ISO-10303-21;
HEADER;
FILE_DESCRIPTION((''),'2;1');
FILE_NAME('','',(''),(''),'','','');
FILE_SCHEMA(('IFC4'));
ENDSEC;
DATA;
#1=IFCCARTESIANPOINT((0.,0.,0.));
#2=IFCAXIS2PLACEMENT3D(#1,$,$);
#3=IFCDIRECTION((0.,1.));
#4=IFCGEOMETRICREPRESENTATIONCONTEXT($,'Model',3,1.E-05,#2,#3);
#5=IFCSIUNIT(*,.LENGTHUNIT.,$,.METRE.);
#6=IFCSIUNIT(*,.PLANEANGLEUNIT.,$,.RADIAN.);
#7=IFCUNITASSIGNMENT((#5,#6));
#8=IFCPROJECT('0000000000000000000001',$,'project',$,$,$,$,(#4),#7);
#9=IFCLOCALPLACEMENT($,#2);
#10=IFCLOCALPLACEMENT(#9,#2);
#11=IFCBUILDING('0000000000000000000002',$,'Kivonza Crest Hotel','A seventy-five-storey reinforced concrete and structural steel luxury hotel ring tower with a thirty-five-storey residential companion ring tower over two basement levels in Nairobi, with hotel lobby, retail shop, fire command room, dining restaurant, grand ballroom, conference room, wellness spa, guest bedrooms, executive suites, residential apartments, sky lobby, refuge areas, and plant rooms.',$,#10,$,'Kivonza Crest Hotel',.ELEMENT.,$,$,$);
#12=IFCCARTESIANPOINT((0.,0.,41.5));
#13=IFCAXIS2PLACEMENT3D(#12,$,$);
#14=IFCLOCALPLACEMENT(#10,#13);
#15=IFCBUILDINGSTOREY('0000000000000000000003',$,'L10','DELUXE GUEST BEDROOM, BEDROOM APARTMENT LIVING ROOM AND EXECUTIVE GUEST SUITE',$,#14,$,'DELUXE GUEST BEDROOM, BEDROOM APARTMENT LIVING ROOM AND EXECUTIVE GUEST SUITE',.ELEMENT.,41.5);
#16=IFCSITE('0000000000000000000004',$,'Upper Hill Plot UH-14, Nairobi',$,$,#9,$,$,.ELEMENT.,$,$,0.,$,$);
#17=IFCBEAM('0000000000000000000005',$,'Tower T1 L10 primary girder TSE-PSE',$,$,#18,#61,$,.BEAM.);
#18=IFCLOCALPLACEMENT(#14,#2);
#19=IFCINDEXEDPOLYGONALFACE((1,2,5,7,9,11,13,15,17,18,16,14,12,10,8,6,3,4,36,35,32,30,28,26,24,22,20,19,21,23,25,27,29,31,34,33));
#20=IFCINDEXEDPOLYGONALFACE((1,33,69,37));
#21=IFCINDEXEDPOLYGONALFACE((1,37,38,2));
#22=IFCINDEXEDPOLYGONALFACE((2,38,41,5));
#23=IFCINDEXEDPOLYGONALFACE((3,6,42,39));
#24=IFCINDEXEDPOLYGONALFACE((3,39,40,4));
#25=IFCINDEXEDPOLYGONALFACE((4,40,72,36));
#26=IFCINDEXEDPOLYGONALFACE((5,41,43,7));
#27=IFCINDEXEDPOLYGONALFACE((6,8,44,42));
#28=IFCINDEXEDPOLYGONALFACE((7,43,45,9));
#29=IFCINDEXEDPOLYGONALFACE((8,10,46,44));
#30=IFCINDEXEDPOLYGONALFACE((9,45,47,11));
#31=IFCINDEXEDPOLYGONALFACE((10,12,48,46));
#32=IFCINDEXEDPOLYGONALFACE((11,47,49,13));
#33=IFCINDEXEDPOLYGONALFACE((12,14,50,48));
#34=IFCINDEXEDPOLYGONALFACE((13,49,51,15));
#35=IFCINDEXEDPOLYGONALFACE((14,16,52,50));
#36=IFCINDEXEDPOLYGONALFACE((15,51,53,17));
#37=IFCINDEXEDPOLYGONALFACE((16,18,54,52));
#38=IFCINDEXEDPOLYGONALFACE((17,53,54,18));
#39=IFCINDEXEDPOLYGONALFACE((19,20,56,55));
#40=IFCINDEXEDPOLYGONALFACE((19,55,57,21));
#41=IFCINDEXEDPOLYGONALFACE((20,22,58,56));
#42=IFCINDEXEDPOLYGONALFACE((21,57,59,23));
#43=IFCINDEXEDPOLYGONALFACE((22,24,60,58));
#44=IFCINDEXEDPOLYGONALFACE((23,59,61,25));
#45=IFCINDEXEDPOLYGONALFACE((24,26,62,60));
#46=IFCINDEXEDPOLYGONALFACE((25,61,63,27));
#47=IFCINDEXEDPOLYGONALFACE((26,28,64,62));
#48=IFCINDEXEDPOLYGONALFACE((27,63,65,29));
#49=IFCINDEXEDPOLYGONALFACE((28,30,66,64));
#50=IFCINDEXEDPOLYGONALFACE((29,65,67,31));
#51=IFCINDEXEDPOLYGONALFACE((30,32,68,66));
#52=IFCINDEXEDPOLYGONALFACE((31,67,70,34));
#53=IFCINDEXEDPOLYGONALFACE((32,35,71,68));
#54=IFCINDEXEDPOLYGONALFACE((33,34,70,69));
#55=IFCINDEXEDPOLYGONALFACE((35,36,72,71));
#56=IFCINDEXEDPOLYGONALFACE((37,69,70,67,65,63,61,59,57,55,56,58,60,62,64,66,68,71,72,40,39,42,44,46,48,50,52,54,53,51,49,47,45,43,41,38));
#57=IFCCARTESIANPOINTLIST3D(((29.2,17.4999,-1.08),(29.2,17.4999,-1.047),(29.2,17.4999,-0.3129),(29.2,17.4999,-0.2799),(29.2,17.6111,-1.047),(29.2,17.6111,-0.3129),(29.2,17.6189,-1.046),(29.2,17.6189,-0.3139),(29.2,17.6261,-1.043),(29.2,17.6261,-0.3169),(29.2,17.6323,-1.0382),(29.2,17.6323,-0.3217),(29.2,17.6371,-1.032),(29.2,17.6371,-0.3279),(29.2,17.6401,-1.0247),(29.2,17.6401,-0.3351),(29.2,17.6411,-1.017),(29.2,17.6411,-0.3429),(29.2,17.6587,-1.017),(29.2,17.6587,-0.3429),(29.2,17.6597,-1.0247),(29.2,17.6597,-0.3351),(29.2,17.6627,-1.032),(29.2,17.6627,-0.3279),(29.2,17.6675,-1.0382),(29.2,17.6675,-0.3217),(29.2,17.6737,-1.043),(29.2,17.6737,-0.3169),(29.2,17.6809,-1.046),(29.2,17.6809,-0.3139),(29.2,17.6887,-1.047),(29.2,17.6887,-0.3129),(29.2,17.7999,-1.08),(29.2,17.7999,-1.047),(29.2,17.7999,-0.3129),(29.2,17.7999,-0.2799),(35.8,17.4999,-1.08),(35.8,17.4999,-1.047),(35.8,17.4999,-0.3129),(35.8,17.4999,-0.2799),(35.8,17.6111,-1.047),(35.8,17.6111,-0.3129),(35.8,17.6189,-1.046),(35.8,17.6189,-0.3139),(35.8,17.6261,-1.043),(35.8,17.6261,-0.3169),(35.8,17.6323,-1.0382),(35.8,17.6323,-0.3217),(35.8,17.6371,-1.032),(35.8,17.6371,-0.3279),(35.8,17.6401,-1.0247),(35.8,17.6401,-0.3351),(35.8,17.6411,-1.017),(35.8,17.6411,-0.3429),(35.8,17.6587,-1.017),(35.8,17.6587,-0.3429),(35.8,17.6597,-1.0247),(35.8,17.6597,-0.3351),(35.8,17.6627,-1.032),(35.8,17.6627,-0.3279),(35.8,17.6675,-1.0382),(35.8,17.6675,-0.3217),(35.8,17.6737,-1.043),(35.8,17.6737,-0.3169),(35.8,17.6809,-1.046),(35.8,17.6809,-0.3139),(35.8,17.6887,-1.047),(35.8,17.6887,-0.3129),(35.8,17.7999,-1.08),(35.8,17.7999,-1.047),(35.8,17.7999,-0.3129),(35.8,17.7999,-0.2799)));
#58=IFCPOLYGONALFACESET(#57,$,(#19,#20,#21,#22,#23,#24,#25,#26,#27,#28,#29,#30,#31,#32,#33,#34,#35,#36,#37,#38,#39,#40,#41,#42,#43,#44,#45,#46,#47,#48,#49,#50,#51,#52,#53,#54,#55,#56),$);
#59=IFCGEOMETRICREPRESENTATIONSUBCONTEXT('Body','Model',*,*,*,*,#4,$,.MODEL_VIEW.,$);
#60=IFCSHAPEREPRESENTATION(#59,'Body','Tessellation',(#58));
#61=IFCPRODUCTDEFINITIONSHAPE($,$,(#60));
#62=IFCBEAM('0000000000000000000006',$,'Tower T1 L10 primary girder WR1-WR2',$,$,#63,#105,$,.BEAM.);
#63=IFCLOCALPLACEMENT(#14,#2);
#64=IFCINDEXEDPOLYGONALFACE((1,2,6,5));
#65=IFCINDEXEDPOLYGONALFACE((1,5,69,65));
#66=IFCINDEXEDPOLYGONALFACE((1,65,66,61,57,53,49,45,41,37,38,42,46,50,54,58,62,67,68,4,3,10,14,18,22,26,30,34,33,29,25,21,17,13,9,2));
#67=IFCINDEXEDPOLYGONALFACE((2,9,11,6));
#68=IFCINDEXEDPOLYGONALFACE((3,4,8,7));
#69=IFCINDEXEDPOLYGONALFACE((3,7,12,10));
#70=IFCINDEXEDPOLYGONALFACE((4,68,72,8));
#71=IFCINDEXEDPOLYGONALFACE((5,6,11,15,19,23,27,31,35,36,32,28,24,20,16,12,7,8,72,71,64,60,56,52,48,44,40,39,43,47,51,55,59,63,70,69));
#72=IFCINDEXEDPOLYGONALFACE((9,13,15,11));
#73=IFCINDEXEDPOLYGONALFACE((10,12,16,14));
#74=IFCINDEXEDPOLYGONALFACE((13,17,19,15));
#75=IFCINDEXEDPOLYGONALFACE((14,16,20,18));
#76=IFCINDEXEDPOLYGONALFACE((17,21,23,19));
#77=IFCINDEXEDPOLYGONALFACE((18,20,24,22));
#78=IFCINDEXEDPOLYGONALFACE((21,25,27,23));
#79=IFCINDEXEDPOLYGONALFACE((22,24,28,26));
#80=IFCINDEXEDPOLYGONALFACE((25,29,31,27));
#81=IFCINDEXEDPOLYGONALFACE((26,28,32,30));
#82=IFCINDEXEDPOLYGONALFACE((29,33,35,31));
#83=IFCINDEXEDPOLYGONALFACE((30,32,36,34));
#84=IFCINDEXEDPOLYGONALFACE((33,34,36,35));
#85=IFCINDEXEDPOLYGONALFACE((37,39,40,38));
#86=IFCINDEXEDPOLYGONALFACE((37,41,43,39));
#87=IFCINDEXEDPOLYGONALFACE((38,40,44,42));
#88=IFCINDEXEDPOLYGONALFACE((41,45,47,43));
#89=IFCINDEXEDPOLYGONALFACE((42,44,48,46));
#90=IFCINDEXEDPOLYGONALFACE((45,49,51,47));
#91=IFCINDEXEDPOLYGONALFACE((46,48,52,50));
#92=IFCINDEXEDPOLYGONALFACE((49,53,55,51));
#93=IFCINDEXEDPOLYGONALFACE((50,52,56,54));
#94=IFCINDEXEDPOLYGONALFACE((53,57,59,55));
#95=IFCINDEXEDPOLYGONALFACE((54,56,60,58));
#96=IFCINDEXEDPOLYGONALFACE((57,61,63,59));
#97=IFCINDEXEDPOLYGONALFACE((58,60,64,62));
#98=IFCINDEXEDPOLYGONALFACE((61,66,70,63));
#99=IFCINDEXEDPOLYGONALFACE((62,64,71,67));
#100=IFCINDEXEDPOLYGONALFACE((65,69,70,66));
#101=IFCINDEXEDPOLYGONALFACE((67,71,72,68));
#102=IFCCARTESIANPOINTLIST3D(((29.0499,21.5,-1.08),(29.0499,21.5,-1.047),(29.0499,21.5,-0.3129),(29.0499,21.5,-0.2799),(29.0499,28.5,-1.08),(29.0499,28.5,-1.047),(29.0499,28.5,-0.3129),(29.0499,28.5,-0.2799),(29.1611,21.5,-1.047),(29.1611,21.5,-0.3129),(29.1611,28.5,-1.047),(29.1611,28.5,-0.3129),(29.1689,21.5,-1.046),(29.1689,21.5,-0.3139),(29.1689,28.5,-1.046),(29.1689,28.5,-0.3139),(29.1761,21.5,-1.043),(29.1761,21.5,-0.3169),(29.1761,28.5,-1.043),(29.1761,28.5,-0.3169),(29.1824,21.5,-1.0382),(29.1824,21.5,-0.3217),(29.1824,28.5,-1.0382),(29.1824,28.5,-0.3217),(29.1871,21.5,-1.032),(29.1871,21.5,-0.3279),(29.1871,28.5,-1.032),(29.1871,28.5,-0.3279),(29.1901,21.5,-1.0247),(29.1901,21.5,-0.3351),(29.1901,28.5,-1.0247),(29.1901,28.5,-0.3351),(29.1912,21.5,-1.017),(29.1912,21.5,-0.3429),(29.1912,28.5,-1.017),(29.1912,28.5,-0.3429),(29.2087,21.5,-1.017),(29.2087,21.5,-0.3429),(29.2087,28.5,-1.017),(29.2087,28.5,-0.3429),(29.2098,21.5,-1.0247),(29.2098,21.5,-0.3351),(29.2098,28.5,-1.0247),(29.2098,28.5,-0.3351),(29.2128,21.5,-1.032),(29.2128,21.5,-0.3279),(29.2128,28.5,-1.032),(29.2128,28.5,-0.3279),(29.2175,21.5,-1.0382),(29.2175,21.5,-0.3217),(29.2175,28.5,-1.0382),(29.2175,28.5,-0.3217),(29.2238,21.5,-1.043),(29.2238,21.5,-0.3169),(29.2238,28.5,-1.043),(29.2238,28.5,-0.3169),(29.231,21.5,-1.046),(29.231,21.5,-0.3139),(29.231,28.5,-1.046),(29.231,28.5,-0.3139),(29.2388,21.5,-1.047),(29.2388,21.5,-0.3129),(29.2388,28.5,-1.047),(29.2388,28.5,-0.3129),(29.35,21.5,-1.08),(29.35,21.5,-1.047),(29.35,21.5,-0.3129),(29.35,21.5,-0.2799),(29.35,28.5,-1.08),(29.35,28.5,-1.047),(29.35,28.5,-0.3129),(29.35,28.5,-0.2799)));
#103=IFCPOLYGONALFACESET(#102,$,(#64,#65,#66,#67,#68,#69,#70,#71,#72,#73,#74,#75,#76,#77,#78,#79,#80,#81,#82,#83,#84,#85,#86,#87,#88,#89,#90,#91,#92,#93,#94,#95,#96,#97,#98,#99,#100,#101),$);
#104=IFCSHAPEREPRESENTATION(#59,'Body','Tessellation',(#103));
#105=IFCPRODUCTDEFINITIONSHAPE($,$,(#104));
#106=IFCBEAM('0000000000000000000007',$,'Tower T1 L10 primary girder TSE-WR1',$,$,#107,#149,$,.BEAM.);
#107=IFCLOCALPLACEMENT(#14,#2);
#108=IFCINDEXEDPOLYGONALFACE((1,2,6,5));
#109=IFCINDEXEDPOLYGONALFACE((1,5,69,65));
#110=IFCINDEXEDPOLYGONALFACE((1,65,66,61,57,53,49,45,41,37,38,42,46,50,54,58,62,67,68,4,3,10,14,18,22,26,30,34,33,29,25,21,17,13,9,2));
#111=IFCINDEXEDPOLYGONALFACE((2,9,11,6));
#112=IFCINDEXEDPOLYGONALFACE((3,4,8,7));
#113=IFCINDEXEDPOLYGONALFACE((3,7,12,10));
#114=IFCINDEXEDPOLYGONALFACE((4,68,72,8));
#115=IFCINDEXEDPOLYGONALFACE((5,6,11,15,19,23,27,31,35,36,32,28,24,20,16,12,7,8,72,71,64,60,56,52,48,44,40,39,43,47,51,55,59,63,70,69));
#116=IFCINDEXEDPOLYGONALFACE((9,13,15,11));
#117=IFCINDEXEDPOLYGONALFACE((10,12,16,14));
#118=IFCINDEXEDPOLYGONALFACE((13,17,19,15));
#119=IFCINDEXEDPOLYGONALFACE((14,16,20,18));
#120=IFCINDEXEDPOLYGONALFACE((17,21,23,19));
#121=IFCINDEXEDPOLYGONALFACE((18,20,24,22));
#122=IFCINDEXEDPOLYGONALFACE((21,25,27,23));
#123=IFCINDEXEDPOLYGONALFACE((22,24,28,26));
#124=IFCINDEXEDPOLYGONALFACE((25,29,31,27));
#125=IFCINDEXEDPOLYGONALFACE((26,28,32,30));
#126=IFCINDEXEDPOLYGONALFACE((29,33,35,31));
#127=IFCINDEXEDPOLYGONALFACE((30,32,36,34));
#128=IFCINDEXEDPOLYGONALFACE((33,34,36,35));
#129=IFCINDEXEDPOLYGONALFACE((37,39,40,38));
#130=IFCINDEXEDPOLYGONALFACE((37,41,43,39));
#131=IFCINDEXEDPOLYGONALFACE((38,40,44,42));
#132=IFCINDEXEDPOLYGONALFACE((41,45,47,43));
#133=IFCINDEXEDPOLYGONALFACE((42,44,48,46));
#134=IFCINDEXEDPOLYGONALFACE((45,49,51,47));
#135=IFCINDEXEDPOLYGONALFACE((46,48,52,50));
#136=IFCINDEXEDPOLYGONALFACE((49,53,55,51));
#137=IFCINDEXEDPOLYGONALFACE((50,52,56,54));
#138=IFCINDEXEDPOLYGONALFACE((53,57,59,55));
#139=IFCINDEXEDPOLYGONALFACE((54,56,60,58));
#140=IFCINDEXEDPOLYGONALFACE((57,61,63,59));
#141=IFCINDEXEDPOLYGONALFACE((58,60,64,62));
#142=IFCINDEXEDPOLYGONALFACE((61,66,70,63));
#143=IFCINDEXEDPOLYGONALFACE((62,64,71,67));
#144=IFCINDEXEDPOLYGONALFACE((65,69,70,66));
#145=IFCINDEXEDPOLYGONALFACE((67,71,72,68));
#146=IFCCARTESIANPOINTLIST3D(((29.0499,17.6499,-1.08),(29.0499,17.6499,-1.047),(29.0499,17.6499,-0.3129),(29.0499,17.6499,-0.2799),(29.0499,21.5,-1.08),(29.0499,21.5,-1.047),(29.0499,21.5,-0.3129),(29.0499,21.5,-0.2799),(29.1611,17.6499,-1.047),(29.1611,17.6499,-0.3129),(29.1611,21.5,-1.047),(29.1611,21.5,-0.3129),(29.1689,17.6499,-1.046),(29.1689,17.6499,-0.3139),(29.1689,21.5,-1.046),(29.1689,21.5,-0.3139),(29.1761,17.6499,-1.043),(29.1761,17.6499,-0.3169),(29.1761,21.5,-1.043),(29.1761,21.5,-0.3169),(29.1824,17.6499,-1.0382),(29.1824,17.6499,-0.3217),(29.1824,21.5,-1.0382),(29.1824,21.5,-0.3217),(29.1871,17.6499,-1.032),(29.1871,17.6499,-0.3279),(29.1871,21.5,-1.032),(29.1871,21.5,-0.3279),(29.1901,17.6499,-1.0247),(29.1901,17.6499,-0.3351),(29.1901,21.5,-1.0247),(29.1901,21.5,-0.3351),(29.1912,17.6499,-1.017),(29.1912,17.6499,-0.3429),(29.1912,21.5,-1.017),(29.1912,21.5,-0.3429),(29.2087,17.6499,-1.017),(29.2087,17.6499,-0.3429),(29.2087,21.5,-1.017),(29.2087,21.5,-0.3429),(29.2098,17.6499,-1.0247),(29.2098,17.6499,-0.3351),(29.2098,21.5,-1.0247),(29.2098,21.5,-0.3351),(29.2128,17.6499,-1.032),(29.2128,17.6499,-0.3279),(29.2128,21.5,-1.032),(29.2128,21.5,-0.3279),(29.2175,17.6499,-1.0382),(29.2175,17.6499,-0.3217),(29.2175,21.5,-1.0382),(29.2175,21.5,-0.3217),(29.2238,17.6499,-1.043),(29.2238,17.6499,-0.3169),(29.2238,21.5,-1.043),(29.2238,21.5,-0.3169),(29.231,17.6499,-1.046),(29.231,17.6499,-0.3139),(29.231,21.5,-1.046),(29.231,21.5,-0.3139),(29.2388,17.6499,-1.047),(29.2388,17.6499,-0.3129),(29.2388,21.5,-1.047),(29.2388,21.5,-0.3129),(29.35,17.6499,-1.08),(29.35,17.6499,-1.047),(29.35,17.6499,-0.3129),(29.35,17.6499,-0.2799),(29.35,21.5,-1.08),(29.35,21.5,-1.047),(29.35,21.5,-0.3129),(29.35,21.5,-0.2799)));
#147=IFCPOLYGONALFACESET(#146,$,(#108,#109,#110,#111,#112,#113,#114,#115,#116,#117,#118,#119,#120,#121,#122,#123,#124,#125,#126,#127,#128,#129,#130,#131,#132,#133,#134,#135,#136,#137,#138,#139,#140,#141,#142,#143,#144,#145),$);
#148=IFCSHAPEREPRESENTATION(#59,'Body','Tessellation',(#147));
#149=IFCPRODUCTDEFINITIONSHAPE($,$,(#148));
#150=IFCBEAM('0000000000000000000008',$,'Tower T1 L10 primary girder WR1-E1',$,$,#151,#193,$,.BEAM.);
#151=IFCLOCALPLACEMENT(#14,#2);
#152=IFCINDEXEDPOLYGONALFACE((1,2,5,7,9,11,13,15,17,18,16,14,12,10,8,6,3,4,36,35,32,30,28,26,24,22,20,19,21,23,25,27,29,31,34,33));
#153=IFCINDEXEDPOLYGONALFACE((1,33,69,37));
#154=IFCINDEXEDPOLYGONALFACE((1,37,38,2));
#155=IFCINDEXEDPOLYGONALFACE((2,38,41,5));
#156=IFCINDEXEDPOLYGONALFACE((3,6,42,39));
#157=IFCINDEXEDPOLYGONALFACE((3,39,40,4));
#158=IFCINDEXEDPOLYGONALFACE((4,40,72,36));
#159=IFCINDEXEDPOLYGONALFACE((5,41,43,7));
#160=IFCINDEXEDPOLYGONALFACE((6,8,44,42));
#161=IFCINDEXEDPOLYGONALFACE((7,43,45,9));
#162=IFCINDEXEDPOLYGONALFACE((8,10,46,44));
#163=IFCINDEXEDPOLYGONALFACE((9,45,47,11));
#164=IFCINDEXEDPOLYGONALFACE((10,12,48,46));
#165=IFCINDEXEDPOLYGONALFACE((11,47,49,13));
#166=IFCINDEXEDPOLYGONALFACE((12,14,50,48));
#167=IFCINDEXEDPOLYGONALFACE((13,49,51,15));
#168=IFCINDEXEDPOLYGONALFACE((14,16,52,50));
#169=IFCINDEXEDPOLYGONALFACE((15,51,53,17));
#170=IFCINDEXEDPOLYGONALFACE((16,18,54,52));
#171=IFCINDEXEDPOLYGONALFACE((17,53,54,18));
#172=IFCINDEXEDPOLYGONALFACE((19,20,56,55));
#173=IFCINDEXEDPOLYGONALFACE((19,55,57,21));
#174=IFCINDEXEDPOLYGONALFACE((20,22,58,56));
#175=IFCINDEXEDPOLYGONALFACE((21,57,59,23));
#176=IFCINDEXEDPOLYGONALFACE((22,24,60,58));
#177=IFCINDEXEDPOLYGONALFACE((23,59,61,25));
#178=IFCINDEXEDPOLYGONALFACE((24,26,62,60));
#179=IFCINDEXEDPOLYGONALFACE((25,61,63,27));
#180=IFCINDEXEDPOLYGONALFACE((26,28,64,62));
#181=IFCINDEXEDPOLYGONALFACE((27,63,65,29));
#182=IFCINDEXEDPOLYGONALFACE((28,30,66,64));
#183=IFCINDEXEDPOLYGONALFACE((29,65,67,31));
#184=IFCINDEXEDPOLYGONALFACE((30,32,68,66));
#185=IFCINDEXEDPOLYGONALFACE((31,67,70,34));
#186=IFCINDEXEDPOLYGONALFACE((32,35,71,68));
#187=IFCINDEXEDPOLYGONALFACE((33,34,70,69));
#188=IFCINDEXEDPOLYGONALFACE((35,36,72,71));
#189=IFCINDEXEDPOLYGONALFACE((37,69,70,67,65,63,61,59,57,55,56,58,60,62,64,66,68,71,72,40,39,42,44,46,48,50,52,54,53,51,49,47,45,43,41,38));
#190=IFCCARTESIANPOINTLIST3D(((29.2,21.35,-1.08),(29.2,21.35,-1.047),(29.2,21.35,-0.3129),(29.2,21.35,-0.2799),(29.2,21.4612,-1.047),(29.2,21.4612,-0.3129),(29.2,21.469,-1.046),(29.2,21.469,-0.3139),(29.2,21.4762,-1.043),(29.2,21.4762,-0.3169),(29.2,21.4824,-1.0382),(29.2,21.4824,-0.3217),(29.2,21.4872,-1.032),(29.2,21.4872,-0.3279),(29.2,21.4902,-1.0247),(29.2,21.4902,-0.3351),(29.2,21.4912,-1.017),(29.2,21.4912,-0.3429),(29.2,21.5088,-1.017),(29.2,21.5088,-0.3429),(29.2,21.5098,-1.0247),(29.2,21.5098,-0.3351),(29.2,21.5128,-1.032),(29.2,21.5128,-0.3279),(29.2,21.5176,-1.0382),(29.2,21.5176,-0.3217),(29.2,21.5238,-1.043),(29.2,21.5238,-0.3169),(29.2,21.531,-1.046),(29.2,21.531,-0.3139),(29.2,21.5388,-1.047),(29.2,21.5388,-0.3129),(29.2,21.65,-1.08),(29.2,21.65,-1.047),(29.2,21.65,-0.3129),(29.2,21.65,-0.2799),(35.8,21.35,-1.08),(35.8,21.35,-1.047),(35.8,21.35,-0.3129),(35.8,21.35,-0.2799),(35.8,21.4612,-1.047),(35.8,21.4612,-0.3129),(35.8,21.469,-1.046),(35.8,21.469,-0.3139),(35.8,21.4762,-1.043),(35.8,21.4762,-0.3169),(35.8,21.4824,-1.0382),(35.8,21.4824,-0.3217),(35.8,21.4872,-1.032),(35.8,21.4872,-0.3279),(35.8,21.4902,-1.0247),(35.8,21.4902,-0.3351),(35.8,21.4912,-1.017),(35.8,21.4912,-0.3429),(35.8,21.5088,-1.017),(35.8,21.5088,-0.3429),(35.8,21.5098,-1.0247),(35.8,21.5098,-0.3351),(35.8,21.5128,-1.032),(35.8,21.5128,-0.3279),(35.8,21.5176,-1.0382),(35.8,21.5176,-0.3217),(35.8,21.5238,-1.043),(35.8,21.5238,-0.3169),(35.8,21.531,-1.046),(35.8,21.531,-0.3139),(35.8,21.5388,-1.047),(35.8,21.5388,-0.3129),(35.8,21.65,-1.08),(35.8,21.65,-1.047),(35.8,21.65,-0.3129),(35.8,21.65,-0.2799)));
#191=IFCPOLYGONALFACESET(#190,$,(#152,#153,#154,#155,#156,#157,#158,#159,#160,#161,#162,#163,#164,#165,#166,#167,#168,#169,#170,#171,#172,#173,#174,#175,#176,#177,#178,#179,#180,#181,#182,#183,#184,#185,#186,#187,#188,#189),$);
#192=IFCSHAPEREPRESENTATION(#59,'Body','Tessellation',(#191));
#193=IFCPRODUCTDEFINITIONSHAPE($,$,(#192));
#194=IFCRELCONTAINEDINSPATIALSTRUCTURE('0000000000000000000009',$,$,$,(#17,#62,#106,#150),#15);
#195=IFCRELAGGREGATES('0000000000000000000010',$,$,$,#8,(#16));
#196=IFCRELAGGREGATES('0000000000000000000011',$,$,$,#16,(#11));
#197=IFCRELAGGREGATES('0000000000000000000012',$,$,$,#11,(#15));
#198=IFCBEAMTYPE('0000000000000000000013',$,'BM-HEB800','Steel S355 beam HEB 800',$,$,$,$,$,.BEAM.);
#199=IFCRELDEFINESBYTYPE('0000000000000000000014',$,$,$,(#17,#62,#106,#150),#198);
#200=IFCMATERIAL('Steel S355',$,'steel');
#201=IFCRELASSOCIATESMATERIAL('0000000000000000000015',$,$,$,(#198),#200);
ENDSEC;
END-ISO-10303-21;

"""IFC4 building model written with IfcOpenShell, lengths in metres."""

from ifc_helpers import new_model, si_unit, direction, frame, origin, origin_2d, place, context, subcontext, project, spatial, i_section, extrude, material, material_profile, profile_set, type_object, element, save


model = new_model("IFC4")

# Units and contexts
model_context = context("Model", 3, precision=1e-05, world=origin(), true_north=direction((0.0, 1.0)))
body_context = subcontext(model_context, "Body", "Model", "MODEL_VIEW")
ifc_project = project(units=[si_unit("LENGTHUNIT", "METRE"), si_unit("PLANEANGLEUNIT", "RADIAN")], contexts=[model_context])

# Site, building, storey
site_placement = place(None, origin())
site = spatial("IfcSite", under=ifc_project, at=site_placement, Name="Upper Hill Plot UH-14, Nairobi", CompositionType="ELEMENT", RefElevation=0.0)
building_placement = place(site_placement, origin())
building = spatial("IfcBuilding", under=site, at=building_placement, Name="Kivonza Crest Hotel", Description="A seventy-five-storey reinforced concrete and structural steel luxury hotel ring tower with a thirty-five-storey residential companion ring tower over two basement levels in Nairobi, with hotel lobby, retail shop, fire command room, dining restaurant, grand ballroom, conference room, wellness spa, guest bedrooms, executive suites, residential apartments, sky lobby, refuge areas, and plant rooms.", LongName="Kivonza Crest Hotel", CompositionType="ELEMENT")
storey_placement = place(building_placement, frame((0.0, 0.0, 41.5)))
storey = spatial("IfcBuildingStorey", under=building, at=storey_placement, Name="L10", Description="DELUXE GUEST BEDROOM, BEDROOM APARTMENT LIVING ROOM AND EXECUTIVE GUEST SUITE", LongName="DELUXE GUEST BEDROOM, BEDROOM APARTMENT LIVING ROOM AND EXECUTIVE GUEST SUITE", CompositionType="ELEMENT", Elevation=41.5)

# Beams
ifc_material_1 = material(Name="Steel S355", Category="steel")
ifc_material_profile_1 = material_profile(ifc_material_1, i_section(OverallWidth=0.3, OverallDepth=0.8, WebThickness=0.0176, FlangeThickness=0.033, FilletRadius=0.03, at=origin_2d()), Name="HEB 800")
ifc_profile_set_1 = profile_set([ifc_material_profile_1], Name="Steel S355")
beam_type_1 = type_object("IfcBeamType", Name="BM-HEB800", Description="Steel S355 beam HEB 800", PredefinedType="BEAM", material=ifc_profile_set_1)
beam_1_placement = place(storey_placement, frame((29.2, 17.6499, -0.6799), z_axis=(1.0, 0.0, 0.0), x_axis=(0.0, 1.0, 0.0)))
element("IfcBeam", 1, at=beam_1_placement, inside=storey, type_object=beam_type_1, Name="Tower T1 L10 primary girder TSE-PSE", PredefinedType="BEAM", context=body_context, shape_type="SweptSolid", body=[
    extrude(i_section(OverallWidth=0.3, OverallDepth=0.8, WebThickness=0.0176, FlangeThickness=0.033, FilletRadius=0.03, at=origin_2d()), origin(), (0.0, 0.0, 1.0), 6.6001),
])
beam_2_placement = place(storey_placement, frame((29.2, 21.5, -0.6799), z_axis=(0.0, 1.0, 0.0), x_axis=(-1.0, 0.0, 0.0)))
element("IfcBeam", 2, at=beam_2_placement, inside=storey, type_object=beam_type_1, Name="Tower T1 L10 primary girder WR1-WR2", PredefinedType="BEAM", context=body_context, shape_type="SweptSolid", body=[
    extrude(i_section(OverallWidth=0.3, OverallDepth=0.8, WebThickness=0.0176, FlangeThickness=0.033, FilletRadius=0.03, at=origin_2d()), origin(), (0.0, 0.0, 1.0), 7.0),
])
beam_3_placement = place(storey_placement, frame((29.2, 17.6499, -0.6799), z_axis=(0.0, 1.0, 0.0), x_axis=(-1.0, 0.0, 0.0)))
element("IfcBeam", 3, at=beam_3_placement, inside=storey, type_object=beam_type_1, Name="Tower T1 L10 primary girder TSE-WR1", PredefinedType="BEAM", context=body_context, shape_type="SweptSolid", body=[
    extrude(i_section(OverallWidth=0.3, OverallDepth=0.8, WebThickness=0.0176, FlangeThickness=0.033, FilletRadius=0.03, at=origin_2d()), origin(), (0.0, 0.0, 1.0), 3.8501),
])
beam_4_placement = place(storey_placement, frame((29.2, 21.5, -0.6799), z_axis=(1.0, 0.0, 0.0), x_axis=(0.0, 1.0, 0.0)))
element("IfcBeam", 4, at=beam_4_placement, inside=storey, type_object=beam_type_1, Name="Tower T1 L10 primary girder WR1-E1", PredefinedType="BEAM", context=body_context, shape_type="SweptSolid", body=[
    extrude(i_section(OverallWidth=0.3, OverallDepth=0.8, WebThickness=0.0176, FlangeThickness=0.033, FilletRadius=0.03, at=origin_2d()), origin(), (0.0, 0.0, 1.0), 6.6001),
])

save(model, "model.ifc")
